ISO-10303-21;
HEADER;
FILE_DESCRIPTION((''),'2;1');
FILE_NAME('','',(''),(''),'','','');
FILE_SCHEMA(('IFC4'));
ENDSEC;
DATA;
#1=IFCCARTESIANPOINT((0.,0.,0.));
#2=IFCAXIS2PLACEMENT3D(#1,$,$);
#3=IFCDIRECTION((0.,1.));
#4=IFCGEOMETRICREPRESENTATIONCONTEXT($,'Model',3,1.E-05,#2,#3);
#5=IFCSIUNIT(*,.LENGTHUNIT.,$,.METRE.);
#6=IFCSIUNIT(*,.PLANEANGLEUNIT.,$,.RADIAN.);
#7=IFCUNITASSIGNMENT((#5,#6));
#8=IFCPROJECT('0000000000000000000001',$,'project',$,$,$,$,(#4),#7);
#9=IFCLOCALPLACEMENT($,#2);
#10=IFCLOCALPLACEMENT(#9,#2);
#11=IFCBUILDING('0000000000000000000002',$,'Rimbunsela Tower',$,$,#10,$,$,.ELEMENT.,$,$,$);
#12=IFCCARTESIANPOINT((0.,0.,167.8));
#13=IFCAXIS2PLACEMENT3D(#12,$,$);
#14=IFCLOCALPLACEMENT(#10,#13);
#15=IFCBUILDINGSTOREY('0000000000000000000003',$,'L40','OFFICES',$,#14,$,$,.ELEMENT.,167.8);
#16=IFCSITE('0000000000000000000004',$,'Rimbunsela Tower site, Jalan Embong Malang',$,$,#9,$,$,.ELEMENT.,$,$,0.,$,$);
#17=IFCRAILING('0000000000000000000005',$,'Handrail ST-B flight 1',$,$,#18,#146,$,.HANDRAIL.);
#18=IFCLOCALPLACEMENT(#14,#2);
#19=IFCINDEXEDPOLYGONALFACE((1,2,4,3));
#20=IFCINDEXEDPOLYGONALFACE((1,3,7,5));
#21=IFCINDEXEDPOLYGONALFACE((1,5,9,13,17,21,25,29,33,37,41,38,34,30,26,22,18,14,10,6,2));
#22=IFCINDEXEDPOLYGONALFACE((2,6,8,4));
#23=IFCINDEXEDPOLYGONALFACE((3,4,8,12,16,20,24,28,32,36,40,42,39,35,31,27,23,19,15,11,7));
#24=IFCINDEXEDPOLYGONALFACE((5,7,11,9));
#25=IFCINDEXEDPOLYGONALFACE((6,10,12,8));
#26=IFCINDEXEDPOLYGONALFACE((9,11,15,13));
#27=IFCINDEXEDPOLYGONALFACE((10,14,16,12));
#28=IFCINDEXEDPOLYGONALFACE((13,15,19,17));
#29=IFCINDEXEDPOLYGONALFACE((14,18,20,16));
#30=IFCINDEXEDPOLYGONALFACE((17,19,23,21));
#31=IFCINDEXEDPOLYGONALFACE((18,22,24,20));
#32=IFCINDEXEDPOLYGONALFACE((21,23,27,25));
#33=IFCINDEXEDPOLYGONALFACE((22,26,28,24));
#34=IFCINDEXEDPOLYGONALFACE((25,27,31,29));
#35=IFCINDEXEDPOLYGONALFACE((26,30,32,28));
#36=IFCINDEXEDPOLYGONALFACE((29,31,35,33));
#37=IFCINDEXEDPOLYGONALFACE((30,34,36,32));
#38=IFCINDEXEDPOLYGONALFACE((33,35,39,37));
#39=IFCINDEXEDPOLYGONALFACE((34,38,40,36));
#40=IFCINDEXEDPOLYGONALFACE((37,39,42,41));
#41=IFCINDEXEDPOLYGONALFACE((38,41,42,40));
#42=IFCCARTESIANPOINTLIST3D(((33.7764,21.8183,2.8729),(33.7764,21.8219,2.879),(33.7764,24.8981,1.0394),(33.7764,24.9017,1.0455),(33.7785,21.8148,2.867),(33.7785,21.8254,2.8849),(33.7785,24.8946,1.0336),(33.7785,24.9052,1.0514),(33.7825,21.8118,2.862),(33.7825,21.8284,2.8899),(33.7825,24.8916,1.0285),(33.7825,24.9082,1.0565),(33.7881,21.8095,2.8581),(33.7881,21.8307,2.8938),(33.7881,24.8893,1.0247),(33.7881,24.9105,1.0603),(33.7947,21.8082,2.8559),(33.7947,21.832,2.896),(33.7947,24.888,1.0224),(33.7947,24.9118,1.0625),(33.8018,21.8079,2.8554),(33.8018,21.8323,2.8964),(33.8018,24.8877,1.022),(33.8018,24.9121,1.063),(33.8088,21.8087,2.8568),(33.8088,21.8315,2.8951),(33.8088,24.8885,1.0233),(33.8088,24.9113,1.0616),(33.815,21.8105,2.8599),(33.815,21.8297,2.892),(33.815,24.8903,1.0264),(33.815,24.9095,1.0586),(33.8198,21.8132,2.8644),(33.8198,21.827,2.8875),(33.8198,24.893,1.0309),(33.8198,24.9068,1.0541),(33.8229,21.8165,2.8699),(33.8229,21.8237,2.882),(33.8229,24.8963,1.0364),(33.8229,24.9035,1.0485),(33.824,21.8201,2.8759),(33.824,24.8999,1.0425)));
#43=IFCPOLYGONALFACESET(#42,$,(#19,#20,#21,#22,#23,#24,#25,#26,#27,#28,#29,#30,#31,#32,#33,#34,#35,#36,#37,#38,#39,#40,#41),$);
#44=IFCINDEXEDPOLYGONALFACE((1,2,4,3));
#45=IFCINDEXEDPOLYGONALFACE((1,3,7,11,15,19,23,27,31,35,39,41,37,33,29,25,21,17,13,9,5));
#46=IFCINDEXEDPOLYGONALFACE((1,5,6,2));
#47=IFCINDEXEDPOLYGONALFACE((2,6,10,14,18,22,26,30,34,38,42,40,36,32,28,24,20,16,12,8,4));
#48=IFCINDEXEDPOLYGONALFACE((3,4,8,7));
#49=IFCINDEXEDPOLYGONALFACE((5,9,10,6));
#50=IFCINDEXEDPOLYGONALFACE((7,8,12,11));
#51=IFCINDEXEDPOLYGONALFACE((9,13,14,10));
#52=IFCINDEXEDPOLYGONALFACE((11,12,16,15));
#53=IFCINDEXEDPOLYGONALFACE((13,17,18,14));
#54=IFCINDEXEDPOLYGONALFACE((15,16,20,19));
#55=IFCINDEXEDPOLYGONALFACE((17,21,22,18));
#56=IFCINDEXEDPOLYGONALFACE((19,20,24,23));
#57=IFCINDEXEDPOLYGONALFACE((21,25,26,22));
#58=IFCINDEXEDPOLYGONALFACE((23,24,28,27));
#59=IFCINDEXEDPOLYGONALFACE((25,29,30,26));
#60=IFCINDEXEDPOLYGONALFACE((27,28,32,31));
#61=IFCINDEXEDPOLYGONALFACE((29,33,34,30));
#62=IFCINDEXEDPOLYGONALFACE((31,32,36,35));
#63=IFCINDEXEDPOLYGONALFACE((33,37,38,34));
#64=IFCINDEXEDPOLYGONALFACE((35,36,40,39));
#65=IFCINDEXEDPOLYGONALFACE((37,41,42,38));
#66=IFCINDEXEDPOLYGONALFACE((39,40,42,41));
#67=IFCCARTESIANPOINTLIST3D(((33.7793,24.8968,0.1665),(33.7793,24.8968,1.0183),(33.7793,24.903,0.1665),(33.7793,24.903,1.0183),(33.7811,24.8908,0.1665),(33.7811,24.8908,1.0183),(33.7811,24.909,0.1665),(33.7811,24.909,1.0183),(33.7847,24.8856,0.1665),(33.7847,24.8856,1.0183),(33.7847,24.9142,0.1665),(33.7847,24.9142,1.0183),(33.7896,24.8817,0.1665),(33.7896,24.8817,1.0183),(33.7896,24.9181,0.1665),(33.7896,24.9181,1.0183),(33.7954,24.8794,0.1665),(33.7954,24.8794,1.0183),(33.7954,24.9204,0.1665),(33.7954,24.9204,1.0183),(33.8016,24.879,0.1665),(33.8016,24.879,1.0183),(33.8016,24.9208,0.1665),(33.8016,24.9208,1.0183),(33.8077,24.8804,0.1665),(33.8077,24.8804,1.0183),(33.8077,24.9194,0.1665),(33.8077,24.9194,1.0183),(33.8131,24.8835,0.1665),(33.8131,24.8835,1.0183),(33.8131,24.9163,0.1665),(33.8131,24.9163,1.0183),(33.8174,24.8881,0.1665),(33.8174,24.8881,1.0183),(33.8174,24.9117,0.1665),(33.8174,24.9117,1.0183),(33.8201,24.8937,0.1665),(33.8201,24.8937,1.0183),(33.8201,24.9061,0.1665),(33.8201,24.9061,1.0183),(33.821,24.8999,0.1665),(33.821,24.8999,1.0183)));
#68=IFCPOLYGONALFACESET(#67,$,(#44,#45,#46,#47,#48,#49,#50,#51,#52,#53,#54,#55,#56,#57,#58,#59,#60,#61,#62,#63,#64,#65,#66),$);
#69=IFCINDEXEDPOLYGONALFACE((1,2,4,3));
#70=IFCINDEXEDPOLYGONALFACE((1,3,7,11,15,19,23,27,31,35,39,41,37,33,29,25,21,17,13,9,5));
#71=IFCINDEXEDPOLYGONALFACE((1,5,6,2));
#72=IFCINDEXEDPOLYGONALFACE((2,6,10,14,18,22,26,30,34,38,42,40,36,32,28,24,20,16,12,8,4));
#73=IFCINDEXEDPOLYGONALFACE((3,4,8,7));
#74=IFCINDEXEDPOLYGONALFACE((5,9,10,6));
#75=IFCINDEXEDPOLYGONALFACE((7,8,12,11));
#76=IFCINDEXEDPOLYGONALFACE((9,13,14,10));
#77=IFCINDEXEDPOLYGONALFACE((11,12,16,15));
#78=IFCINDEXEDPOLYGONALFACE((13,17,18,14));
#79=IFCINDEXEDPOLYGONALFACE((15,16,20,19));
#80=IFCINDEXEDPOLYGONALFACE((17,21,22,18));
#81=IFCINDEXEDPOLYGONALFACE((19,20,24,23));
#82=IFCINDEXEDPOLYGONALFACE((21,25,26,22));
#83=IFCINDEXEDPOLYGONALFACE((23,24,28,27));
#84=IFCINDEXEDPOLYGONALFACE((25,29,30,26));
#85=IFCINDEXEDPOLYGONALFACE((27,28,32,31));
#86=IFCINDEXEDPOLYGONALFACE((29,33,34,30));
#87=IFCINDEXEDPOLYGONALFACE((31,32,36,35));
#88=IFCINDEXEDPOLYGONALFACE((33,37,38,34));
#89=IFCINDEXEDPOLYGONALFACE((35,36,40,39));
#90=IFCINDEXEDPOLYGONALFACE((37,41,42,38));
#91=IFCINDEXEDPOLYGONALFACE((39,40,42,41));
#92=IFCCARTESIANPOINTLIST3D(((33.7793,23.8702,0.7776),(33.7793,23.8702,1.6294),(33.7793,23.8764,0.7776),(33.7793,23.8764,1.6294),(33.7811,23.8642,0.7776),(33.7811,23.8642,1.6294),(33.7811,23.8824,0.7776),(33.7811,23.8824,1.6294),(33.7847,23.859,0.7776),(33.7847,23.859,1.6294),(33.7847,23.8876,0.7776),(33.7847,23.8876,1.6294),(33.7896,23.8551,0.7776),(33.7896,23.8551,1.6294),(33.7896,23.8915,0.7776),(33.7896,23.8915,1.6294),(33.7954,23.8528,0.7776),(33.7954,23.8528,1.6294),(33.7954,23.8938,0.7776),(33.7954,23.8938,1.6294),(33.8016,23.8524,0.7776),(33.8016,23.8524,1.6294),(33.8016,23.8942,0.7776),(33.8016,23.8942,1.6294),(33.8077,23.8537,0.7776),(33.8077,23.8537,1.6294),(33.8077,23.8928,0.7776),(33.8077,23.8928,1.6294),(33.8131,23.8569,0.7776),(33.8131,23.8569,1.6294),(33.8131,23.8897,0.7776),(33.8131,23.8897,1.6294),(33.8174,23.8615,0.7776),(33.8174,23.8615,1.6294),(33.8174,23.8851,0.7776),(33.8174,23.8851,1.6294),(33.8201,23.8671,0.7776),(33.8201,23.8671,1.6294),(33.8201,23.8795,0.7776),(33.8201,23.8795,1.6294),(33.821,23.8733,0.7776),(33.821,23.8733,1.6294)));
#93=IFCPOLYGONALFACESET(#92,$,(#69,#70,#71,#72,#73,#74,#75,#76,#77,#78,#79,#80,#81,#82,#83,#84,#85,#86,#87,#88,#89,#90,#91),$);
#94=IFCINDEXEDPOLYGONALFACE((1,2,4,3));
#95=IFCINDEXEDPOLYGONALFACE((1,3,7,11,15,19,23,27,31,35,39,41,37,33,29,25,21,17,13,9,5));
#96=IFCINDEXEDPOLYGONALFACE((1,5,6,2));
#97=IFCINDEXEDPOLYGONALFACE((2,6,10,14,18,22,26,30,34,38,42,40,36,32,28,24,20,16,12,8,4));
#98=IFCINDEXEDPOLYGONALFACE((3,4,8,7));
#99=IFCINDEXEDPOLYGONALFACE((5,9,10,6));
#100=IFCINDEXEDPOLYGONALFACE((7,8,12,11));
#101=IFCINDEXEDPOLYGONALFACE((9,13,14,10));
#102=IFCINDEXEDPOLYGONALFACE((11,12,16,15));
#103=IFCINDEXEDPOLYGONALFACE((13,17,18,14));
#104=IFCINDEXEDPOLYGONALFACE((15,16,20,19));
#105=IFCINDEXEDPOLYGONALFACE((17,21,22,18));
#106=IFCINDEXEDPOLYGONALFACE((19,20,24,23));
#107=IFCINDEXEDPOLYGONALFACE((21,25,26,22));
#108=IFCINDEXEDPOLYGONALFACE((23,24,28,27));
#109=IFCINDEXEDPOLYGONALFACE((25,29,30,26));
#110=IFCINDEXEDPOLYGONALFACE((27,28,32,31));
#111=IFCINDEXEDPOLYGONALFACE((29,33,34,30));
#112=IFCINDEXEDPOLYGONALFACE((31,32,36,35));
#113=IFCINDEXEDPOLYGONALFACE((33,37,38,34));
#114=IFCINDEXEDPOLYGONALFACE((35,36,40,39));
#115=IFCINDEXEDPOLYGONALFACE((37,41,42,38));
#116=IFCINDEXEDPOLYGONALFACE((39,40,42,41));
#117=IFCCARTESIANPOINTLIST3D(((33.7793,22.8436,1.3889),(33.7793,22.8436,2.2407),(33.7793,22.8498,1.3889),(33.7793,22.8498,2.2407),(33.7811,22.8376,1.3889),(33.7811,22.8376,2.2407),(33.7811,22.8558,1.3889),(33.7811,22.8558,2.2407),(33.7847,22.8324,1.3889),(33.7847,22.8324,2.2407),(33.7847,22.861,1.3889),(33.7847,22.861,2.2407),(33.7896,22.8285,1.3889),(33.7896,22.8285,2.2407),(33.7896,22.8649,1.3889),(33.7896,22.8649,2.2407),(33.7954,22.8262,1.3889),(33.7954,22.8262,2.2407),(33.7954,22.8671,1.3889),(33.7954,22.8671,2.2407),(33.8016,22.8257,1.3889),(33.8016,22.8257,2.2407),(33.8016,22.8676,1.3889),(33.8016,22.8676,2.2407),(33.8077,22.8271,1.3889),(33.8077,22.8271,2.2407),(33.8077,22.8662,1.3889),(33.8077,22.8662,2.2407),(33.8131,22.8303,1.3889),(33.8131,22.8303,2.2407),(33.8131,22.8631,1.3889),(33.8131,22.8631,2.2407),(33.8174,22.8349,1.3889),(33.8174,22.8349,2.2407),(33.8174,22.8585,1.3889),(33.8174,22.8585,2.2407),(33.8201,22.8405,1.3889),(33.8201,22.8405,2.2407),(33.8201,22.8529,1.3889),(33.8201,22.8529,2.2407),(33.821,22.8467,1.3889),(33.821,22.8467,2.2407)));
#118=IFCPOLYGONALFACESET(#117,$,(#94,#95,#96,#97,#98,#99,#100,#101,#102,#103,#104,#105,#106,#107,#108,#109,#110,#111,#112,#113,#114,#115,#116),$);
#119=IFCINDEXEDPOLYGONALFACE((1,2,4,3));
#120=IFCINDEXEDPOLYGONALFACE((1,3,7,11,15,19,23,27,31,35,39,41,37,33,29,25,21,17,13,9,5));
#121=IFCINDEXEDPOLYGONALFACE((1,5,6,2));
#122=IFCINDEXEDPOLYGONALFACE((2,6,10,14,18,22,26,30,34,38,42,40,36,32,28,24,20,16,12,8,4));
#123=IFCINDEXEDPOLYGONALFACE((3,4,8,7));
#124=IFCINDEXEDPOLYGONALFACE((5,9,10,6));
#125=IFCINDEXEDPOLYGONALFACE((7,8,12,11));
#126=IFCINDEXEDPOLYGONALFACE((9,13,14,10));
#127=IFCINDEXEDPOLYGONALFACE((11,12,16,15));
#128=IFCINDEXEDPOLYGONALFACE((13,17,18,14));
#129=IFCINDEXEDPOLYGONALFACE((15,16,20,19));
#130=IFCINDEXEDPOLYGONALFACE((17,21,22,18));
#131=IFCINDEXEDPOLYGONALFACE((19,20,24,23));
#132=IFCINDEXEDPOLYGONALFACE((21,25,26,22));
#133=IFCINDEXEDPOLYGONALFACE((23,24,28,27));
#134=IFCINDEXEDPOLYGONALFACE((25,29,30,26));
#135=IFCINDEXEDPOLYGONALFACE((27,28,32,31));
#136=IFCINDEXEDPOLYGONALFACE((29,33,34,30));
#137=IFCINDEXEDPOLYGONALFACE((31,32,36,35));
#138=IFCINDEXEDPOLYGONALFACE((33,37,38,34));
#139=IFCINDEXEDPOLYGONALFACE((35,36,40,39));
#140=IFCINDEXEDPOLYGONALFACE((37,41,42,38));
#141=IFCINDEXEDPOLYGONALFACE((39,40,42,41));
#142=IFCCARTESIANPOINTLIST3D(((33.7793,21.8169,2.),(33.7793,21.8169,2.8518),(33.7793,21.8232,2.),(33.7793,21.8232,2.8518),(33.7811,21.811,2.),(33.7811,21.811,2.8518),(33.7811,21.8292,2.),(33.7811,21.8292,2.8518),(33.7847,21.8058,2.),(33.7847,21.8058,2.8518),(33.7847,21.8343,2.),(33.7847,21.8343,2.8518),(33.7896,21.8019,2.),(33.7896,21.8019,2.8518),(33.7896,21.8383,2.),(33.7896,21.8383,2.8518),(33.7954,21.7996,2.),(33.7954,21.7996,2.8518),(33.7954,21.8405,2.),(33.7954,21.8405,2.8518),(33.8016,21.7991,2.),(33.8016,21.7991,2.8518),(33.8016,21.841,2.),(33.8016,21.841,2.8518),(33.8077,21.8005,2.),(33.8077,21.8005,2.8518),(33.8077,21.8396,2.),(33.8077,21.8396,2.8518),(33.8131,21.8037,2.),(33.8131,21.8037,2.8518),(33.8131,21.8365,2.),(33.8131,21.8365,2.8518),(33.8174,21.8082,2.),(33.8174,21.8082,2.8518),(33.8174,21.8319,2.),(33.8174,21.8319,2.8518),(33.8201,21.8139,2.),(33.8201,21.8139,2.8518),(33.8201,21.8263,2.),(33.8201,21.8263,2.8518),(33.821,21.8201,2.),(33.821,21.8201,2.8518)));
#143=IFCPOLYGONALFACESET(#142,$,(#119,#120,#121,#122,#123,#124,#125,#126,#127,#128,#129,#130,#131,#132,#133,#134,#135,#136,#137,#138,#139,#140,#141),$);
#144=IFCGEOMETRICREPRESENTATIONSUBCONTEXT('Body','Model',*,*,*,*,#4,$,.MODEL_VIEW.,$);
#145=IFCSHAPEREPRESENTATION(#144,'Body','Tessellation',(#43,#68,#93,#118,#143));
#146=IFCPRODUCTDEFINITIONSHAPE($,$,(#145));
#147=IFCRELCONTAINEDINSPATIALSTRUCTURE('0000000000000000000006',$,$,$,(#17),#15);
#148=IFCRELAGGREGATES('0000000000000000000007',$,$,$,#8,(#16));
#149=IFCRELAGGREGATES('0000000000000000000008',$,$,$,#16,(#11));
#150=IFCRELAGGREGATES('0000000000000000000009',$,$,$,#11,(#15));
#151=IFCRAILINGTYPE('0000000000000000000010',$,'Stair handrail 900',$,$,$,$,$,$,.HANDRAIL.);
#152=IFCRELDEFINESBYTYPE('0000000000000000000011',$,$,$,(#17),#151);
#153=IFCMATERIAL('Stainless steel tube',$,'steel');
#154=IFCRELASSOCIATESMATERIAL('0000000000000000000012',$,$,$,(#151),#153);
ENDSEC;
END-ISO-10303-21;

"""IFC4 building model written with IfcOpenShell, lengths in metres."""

from ifc_helpers import new_model, si_unit, direction, frame, origin, origin_2d, place, context, subcontext, project, spatial, circle, extrude, material, type_object, element, save


model = new_model("IFC4")

# Units and contexts
model_context = context("Model", 3, precision=1e-05, world=origin(), true_north=direction((0.0, 1.0)))
body_context = subcontext(model_context, "Body", "Model", "MODEL_VIEW")
ifc_project = project(units=[si_unit("LENGTHUNIT", "METRE"), si_unit("PLANEANGLEUNIT", "RADIAN")], contexts=[model_context])

# Site, building, storey
site_placement = place(None, origin())
site = spatial("IfcSite", under=ifc_project, at=site_placement, Name="Rimbunsela Tower site, Jalan Embong Malang", CompositionType="ELEMENT", RefElevation=0.0)
building_placement = place(site_placement, origin())
building = spatial("IfcBuilding", under=site, at=building_placement, Name="Rimbunsela Tower", CompositionType="ELEMENT")
storey_placement = place(building_placement, frame((0.0, 0.0, 167.8)))
storey = spatial("IfcBuildingStorey", under=building, at=storey_placement, Name="L40", Description="OFFICES", CompositionType="ELEMENT", Elevation=167.8)

# Railing
ifc_material_1 = material(Name="Stainless steel tube", Category="steel")
railing_type = type_object("IfcRailingType", Name="Stair handrail 900", PredefinedType="HANDRAIL", material=ifc_material_1)
for number, where, name in (
    (1, (33.8, 24.8999, 0.1665), "Handrail ST-B flight 1"),
):
    element("IfcRailing", number, at=place(storey_placement, frame(where)), inside=storey, type_object=railing_type, Name=name, PredefinedType="HANDRAIL", context=body_context, shape_type="SweptSolid", body=[
        extrude(circle(Radius=0.0239, at=origin_2d()), frame((0.0, 0.0, 0.876), z_axis=(0.0, -0.859261, 0.511538), x_axis=(1.0, 0.0, 0.0)), (0.0, 0.0, 1.0), 3.5842),
        extrude(circle(Radius=0.021, at=origin_2d()), origin(), (0.0, 0.0, 1.0), 0.8518),
        extrude(circle(Radius=0.021, at=origin_2d()), frame((0.0, -1.0266, 0.6111)), (0.0, 0.0, 1.0), 0.8518),
        extrude(circle(Radius=0.021, at=origin_2d()), frame((0.0, -2.0532, 1.2224)), (0.0, 0.0, 1.0), 0.8518),
        extrude(circle(Radius=0.021, at=origin_2d()), frame((0.0, -3.0798, 1.8335)), (0.0, 0.0, 1.0), 0.8518),
    ])

save(model, "model.ifc")
